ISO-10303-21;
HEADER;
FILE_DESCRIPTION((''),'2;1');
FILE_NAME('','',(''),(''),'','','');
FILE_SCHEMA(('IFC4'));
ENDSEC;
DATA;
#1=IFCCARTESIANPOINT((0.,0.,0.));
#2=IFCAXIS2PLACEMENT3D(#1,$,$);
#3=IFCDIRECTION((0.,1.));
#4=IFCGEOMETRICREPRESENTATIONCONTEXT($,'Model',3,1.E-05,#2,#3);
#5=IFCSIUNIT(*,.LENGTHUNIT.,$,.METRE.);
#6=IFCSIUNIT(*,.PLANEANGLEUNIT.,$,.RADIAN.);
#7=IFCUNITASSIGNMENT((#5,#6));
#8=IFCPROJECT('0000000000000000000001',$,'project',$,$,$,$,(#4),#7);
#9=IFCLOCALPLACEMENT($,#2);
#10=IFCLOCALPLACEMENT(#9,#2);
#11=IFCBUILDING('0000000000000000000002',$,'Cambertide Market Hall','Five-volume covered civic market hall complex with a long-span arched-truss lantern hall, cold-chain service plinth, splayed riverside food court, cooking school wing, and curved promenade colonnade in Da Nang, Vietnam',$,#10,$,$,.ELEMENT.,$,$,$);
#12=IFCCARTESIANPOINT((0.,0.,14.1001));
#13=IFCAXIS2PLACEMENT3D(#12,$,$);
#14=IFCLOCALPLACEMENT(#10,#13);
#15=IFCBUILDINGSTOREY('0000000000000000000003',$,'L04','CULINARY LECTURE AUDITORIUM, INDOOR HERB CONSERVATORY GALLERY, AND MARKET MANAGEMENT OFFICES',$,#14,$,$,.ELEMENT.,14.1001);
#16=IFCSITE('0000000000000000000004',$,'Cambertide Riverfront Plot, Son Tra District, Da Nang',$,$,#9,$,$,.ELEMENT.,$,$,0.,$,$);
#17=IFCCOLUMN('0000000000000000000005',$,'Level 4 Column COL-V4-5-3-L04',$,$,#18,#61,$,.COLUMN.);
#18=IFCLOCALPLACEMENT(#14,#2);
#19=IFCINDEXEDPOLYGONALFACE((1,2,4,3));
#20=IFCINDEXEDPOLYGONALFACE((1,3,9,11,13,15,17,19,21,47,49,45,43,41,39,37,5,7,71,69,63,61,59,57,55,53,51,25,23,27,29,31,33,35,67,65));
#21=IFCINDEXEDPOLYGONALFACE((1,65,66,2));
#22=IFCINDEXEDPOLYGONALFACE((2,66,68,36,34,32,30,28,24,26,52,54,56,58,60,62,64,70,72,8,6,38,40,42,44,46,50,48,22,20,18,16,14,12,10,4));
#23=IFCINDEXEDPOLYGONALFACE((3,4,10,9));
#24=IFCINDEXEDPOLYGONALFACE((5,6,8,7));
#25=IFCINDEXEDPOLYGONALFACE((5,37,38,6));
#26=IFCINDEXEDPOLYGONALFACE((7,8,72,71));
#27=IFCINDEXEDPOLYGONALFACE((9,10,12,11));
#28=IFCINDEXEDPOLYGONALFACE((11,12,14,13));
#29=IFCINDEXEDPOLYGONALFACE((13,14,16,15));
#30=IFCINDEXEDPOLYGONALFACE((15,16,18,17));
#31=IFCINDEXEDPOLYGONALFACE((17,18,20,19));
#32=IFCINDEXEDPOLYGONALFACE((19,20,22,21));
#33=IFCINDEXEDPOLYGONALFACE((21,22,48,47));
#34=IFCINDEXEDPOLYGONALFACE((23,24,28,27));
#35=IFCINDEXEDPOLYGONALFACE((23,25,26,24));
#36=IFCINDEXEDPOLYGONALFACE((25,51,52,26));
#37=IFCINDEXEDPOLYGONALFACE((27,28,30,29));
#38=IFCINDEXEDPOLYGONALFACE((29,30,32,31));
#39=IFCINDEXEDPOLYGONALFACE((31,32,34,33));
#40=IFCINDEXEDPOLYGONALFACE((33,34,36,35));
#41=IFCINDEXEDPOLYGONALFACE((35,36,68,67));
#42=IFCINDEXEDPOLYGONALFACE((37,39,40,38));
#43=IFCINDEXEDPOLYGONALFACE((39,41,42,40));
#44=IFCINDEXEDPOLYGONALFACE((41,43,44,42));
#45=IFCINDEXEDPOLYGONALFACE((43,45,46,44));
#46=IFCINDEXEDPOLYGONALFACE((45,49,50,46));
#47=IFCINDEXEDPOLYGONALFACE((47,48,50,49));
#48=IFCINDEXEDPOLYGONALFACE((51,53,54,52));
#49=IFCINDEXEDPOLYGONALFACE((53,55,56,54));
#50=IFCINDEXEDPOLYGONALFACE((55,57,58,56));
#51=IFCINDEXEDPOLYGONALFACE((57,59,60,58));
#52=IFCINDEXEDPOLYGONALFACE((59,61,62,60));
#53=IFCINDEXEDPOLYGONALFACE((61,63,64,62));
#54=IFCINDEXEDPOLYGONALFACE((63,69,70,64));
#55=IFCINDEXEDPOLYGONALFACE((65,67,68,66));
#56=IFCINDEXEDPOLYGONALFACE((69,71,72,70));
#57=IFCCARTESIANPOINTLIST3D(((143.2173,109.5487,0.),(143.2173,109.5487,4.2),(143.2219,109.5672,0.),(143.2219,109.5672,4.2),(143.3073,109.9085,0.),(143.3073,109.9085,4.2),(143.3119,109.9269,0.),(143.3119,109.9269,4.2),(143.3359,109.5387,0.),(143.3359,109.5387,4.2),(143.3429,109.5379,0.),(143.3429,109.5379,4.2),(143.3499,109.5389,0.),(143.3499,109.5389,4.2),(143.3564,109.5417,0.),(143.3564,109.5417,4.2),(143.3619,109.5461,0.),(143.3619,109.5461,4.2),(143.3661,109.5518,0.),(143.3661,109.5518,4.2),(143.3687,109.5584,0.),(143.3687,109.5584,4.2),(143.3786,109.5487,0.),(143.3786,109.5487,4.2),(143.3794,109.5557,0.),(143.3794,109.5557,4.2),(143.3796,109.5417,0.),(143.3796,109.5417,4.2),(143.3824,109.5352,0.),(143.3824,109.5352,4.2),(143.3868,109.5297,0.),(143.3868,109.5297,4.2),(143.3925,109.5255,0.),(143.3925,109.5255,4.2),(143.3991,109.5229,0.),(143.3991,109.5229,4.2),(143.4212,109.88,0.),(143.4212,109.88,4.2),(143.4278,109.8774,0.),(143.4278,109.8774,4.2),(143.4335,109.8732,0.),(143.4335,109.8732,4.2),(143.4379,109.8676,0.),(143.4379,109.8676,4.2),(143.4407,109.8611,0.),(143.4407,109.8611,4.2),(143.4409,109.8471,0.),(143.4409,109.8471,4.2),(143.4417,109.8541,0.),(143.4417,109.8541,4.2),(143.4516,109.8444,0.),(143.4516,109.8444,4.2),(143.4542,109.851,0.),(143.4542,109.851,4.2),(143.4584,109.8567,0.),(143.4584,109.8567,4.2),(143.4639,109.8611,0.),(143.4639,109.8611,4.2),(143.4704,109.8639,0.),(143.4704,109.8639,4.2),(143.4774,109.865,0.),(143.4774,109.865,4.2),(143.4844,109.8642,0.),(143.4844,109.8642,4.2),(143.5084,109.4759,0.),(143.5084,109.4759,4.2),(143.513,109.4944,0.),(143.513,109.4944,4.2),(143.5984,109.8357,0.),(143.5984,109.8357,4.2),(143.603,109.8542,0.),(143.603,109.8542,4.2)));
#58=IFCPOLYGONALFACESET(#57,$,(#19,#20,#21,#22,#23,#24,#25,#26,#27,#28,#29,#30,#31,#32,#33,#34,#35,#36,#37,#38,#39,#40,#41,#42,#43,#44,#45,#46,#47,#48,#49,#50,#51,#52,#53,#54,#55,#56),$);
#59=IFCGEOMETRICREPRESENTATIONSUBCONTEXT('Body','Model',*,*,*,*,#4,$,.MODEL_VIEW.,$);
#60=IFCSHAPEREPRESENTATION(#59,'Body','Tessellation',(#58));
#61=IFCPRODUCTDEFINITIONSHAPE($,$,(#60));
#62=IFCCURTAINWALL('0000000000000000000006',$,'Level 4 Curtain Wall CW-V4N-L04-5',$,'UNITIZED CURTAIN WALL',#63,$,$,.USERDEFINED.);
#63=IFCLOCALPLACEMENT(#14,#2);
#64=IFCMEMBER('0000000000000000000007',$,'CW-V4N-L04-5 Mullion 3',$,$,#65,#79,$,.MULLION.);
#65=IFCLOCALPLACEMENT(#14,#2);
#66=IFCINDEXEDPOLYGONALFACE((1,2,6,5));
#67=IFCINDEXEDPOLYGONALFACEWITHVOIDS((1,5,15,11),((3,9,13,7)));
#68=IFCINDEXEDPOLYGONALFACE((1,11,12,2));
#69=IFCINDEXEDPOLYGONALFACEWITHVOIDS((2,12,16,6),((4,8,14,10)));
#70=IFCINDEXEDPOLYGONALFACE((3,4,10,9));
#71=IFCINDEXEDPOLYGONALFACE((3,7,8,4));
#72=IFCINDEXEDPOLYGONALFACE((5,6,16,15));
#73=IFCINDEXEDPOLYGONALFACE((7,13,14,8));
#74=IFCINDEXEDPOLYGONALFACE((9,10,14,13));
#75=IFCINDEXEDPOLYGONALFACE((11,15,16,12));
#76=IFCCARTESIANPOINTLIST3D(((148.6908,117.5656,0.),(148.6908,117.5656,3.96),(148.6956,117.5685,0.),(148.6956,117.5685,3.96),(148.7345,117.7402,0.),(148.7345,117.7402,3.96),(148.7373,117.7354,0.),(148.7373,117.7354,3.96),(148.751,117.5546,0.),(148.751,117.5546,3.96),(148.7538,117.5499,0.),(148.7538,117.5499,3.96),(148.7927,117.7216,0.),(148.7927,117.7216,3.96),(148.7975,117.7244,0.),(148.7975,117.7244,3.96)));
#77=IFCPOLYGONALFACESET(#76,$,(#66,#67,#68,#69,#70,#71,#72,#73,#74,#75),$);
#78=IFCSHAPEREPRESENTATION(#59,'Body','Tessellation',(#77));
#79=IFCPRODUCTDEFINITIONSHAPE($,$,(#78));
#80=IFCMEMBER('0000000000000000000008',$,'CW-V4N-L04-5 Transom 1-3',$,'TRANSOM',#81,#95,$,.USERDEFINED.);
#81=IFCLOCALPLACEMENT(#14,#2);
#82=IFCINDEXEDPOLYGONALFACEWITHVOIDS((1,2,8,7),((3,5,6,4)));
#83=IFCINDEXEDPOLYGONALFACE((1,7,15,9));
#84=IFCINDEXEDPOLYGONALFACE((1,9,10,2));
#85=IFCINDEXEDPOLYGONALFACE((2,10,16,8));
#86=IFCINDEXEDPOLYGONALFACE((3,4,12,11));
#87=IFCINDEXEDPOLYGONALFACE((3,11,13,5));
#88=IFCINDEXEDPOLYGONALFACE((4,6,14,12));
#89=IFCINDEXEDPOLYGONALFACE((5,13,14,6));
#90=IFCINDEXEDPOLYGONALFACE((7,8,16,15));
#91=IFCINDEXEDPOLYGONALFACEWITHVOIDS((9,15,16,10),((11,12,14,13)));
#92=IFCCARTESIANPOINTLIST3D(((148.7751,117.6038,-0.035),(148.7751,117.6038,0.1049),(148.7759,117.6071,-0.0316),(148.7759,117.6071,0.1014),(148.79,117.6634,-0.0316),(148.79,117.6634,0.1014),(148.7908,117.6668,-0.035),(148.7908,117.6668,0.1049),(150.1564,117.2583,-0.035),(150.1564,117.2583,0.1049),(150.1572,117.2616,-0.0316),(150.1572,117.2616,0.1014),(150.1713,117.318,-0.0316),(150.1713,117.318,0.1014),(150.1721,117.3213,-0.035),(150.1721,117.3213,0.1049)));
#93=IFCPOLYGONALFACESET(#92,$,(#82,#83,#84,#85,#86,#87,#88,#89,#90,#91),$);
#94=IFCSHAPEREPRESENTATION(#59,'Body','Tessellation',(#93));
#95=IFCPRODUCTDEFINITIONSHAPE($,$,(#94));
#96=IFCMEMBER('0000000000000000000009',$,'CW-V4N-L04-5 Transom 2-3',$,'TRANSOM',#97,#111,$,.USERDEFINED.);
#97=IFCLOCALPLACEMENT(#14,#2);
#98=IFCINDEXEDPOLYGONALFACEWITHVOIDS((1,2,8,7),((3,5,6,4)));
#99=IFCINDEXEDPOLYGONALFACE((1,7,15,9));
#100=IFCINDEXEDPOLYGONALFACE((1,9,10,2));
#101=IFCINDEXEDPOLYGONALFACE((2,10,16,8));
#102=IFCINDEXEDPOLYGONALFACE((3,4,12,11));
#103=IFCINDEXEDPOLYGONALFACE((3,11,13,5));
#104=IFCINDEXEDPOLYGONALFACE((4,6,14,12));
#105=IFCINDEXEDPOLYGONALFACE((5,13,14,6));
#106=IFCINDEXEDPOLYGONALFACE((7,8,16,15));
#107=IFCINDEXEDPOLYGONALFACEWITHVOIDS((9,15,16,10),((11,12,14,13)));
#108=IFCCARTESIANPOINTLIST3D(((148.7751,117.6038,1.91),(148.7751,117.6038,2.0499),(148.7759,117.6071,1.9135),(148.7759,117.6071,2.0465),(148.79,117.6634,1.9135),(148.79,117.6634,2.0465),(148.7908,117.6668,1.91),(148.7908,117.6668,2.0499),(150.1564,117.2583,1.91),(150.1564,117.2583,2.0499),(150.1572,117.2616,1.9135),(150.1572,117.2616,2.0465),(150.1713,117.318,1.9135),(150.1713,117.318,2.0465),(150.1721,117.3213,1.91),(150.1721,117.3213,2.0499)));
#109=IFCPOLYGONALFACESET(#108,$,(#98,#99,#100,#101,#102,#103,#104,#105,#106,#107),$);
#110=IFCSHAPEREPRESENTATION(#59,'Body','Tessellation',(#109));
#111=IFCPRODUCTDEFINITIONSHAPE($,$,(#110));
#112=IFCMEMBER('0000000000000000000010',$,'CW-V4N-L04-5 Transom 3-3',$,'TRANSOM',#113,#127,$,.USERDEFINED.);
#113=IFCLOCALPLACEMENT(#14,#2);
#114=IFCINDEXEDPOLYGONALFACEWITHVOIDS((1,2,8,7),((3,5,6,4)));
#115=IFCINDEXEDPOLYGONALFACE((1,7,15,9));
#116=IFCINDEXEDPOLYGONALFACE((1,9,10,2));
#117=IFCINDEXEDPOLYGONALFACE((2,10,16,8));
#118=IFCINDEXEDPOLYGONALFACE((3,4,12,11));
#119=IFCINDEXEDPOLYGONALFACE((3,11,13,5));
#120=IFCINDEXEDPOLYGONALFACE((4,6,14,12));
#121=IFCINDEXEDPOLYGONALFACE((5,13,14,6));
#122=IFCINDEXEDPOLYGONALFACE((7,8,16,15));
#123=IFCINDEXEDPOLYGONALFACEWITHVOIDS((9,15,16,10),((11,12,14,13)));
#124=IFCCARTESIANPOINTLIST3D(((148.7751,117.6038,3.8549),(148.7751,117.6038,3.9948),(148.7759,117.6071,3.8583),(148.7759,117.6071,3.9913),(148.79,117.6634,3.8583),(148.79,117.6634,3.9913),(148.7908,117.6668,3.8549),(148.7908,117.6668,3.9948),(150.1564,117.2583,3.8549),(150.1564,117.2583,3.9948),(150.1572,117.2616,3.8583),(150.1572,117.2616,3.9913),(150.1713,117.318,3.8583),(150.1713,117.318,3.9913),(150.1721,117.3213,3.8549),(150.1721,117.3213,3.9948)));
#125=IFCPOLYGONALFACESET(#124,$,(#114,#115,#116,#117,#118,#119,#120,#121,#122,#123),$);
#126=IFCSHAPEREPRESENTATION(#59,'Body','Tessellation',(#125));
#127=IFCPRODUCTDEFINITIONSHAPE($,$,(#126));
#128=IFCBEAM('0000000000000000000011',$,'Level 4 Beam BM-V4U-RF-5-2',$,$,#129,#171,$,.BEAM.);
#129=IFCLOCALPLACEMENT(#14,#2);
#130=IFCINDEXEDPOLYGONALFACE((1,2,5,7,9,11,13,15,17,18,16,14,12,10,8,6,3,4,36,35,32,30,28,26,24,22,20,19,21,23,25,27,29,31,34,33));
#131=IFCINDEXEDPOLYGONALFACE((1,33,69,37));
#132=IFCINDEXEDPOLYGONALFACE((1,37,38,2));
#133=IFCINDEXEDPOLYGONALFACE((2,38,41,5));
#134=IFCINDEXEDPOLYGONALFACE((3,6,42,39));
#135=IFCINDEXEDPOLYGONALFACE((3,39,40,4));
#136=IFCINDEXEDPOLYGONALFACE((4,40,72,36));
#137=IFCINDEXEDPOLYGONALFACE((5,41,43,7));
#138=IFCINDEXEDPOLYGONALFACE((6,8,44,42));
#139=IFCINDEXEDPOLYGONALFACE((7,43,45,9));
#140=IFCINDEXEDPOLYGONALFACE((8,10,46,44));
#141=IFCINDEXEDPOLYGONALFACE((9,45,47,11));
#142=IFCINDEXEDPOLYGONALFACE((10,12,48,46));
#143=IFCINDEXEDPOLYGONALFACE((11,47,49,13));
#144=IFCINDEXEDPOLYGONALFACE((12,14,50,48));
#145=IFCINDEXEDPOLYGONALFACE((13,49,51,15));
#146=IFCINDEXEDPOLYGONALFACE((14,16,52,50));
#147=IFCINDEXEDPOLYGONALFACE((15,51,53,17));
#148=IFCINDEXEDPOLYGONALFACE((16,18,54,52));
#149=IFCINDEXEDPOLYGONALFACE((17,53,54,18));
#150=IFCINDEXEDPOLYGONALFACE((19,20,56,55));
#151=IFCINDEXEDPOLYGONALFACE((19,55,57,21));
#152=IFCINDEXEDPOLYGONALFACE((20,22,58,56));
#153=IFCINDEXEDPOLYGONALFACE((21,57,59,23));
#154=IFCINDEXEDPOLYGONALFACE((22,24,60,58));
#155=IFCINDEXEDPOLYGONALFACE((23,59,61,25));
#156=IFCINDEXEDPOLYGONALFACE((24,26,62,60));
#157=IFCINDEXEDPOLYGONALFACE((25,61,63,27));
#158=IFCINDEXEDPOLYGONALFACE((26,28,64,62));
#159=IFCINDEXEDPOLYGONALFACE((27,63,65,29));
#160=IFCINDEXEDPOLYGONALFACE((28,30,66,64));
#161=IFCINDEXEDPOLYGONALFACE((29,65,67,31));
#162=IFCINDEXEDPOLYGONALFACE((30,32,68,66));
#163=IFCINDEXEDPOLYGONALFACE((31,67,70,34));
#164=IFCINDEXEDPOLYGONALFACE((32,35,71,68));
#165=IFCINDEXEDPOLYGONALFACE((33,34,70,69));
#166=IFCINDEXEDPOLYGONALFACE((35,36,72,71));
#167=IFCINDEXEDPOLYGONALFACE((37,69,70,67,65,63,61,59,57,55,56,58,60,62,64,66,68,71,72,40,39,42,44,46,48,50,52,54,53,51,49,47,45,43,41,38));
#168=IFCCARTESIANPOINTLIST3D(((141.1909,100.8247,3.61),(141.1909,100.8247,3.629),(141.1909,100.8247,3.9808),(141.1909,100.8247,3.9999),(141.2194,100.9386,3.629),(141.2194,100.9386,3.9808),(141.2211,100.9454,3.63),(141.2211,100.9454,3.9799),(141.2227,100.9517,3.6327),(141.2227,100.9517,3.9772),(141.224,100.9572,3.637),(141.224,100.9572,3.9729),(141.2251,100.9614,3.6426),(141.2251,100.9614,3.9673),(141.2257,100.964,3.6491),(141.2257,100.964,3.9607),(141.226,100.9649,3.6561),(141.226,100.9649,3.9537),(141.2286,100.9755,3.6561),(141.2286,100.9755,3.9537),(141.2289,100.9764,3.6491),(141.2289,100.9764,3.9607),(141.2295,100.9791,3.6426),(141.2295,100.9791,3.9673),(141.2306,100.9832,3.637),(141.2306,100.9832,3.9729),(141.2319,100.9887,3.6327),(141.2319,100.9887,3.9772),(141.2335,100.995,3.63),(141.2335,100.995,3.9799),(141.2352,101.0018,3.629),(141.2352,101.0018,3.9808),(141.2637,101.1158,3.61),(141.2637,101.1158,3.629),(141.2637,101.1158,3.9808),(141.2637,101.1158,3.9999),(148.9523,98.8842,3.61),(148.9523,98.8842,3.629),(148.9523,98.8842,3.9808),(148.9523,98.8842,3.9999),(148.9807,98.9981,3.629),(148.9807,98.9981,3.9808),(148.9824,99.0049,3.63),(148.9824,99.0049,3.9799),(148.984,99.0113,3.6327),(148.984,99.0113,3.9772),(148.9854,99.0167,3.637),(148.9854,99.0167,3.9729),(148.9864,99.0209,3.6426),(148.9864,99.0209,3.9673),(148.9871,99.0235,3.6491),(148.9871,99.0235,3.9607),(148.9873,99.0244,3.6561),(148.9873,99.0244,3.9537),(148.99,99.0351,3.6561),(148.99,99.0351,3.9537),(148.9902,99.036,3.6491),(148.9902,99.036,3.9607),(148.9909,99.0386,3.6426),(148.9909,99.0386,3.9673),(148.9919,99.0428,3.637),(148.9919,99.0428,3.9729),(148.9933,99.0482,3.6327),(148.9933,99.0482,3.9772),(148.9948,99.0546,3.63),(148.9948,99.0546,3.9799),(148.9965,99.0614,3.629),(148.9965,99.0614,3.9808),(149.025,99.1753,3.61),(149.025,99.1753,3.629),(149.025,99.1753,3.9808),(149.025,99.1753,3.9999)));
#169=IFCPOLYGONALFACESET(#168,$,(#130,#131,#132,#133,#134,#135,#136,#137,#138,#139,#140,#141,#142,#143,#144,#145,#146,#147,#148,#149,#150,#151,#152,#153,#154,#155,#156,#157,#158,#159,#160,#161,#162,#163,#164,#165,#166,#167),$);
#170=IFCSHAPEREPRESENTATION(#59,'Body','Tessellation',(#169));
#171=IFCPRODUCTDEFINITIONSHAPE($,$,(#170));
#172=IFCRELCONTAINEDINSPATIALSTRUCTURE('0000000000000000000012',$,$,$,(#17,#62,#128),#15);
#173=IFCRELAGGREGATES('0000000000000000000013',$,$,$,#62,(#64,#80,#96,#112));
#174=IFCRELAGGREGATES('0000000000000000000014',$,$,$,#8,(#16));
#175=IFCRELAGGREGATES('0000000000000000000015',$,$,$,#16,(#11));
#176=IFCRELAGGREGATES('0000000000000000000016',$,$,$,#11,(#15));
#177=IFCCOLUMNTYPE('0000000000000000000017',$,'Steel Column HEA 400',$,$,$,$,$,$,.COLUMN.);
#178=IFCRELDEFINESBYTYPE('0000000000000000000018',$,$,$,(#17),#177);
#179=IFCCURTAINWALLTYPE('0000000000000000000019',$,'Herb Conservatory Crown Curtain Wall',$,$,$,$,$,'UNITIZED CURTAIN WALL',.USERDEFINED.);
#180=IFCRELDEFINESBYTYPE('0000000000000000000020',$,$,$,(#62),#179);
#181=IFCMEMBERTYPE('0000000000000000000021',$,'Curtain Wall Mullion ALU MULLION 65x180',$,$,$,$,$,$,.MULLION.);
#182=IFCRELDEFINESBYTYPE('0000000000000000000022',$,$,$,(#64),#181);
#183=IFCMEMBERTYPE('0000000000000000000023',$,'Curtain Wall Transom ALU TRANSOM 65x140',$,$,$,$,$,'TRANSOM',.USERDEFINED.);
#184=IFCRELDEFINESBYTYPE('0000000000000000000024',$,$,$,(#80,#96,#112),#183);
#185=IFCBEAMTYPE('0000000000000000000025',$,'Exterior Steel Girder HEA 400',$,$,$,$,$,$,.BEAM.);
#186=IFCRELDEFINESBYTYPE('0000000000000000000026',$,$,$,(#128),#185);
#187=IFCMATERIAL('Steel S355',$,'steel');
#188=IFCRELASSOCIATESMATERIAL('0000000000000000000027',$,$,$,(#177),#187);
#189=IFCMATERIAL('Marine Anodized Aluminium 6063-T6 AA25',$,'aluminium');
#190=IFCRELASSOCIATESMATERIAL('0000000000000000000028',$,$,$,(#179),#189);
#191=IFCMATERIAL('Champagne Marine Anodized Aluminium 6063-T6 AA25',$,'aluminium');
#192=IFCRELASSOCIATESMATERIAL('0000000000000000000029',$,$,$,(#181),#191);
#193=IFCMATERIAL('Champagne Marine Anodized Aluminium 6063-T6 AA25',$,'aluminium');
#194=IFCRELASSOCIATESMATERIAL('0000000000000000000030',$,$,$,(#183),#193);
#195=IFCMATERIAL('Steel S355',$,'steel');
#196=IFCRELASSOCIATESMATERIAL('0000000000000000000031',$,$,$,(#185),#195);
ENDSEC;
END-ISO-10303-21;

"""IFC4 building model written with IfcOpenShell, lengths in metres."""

from ifc_helpers import new_model, si_unit, direction, frame, origin, origin_2d, place, context, subcontext, project, spatial, hollow_rectangle, i_section, extrude, material, material_profile, profile_set, type_object, element, aggregate, save


model = new_model("IFC4")

# Units and contexts
model_context = context("Model", 3, precision=1e-05, world=origin(), true_north=direction((0.0, 1.0)))
body_context = subcontext(model_context, "Body", "Model", "MODEL_VIEW")
ifc_project = project(units=[si_unit("LENGTHUNIT", "METRE"), si_unit("PLANEANGLEUNIT", "RADIAN")], contexts=[model_context])

# Site, building, storey
site_placement = place(None, origin())
site = spatial("IfcSite", under=ifc_project, at=site_placement, Name="Cambertide Riverfront Plot, Son Tra District, Da Nang", CompositionType="ELEMENT", RefElevation=0.0)
building_placement = place(site_placement, origin())
building = spatial("IfcBuilding", under=site, at=building_placement, Name="Cambertide Market Hall", Description="Five-volume covered civic market hall complex with a long-span arched-truss lantern hall, cold-chain service plinth, splayed riverside food court, cooking school wing, and curved promenade colonnade in Da Nang, Vietnam", CompositionType="ELEMENT")
storey_placement = place(building_placement, frame((0.0, 0.0, 14.1001)))
storey = spatial("IfcBuildingStorey", under=building, at=storey_placement, Name="L04", Description="CULINARY LECTURE AUDITORIUM, INDOOR HERB CONSERVATORY GALLERY, AND MARKET MANAGEMENT OFFICES", CompositionType="ELEMENT", Elevation=14.1001)

# Column
ifc_material_1 = material(Name="Steel S355", Category="steel")
ifc_material_profile_1 = material_profile(ifc_material_1, i_section(OverallWidth=0.3, OverallDepth=0.3899, WebThickness=0.011, FlangeThickness=0.019, FilletRadius=0.0271, at=origin_2d()), Name="HEA 400")
ifc_profile_set_1 = profile_set([ifc_material_profile_1], Name="Steel S355")
column_type = type_object("IfcColumnType", Name="Steel Column HEA 400", PredefinedType="COLUMN", material=ifc_profile_set_1)
column_placement = place(storey_placement, frame((143.4102, 109.7014, 0.0), z_axis=(0.0, 0.0, 1.0), x_axis=(0.970143, -0.242536, 0.0)))
element("IfcColumn", 1, at=column_placement, inside=storey, type_object=column_type, Name="Level 4 Column COL-V4-5-3-L04", PredefinedType="COLUMN", context=body_context, shape_type="SweptSolid", body=[
    extrude(i_section(OverallWidth=0.3, OverallDepth=0.3899, WebThickness=0.011, FlangeThickness=0.019, FilletRadius=0.0271, at=origin_2d()), origin(), (0.0, 0.0, 1.0), 4.2),
])

# Curtain wall, members
ifc_material_2 = material(Name="Marine Anodized Aluminium 6063-T6 AA25", Category="aluminium")
curtain_wall_type = type_object("IfcCurtainWallType", Name="Herb Conservatory Crown Curtain Wall", ElementType="UNITIZED CURTAIN WALL", PredefinedType="USERDEFINED", material=ifc_material_2)
curtain_wall_placement = place(storey_placement, origin())
curtain_wall = element("IfcCurtainWall", 2, at=curtain_wall_placement, inside=storey, type_object=curtain_wall_type, Name="Level 4 Curtain Wall CW-V4N-L04-5", ObjectType="UNITIZED CURTAIN WALL", PredefinedType="USERDEFINED")
ifc_material_3 = material(Name="Champagne Marine Anodized Aluminium 6063-T6 AA25", Category="aluminium")
ifc_material_profile_2 = material_profile(ifc_material_3, hollow_rectangle(XDim=0.0649, YDim=0.1799, WallThickness=0.0039, at=origin_2d()), Name="ALU MULLION 65x180")
ifc_profile_set_2 = profile_set([ifc_material_profile_2], Name="Champagne Marine Anodized Aluminium 6063-T6 AA25")
member_type_1 = type_object("IfcMemberType", Name="Curtain Wall Mullion ALU MULLION 65x180", PredefinedType="MULLION", material=ifc_profile_set_2)
member_1_placement = place(storey_placement, frame((148.7441, 117.645, 0.0), z_axis=(0.0, 0.0, 1.0), x_axis=(0.970143, -0.242536, 0.0)))
member_1 = element("IfcMember", 3, at=member_1_placement, type_object=member_type_1, Name="CW-V4N-L04-5 Mullion 3", PredefinedType="MULLION", context=body_context, shape_type="SweptSolid", body=[
    extrude(hollow_rectangle(XDim=0.0649, YDim=0.1799, WallThickness=0.0039, at=origin_2d()), origin(), (0.0, 0.0, 1.0), 3.96),
])
ifc_material_4 = material(Name="Champagne Marine Anodized Aluminium 6063-T6 AA25", Category="aluminium")
ifc_material_profile_3 = material_profile(ifc_material_4, hollow_rectangle(XDim=0.0649, YDim=0.1399, WallThickness=0.0034, at=origin_2d()), Name="ALU TRANSOM 65x140")
ifc_profile_set_3 = profile_set([ifc_material_profile_3], Name="Champagne Marine Anodized Aluminium 6063-T6 AA25")
member_type_2 = type_object("IfcMemberType", Name="Curtain Wall Transom ALU TRANSOM 65x140", ElementType="TRANSOM", PredefinedType="USERDEFINED", material=ifc_profile_set_3)
member_2_placement = place(storey_placement, frame((148.783, 117.6353, 0.0349), z_axis=(0.970122, -0.242616, 0.0), x_axis=(0.242616, 0.970122, 0.0)))
member_2 = element("IfcMember", 4, at=member_2_placement, type_object=member_type_2, Name="CW-V4N-L04-5 Transom 1-3", ObjectType="TRANSOM", PredefinedType="USERDEFINED", context=body_context, shape_type="SweptSolid", body=[
    extrude(hollow_rectangle(XDim=0.0649, YDim=0.1399, WallThickness=0.0034, at=origin_2d()), origin(), (0.0, 0.0, 1.0), 1.4238),
])
member_3_placement = place(storey_placement, frame((148.783, 117.6353, 1.98), z_axis=(0.970122, -0.242616, 0.0), x_axis=(0.242616, 0.970122, 0.0)))
member_3 = element("IfcMember", 5, at=member_3_placement, type_object=member_type_2, Name="CW-V4N-L04-5 Transom 2-3", ObjectType="TRANSOM", PredefinedType="USERDEFINED", context=body_context, shape_type="SweptSolid", body=[
    extrude(hollow_rectangle(XDim=0.0649, YDim=0.1399, WallThickness=0.0034, at=origin_2d()), origin(), (0.0, 0.0, 1.0), 1.4238),
])
member_4_placement = place(storey_placement, frame((148.783, 117.6353, 3.9248), z_axis=(0.970122, -0.242616, 0.0), x_axis=(0.242616, 0.970122, 0.0)))
member_4 = element("IfcMember", 6, at=member_4_placement, type_object=member_type_2, Name="CW-V4N-L04-5 Transom 3-3", ObjectType="TRANSOM", PredefinedType="USERDEFINED", context=body_context, shape_type="SweptSolid", body=[
    extrude(hollow_rectangle(XDim=0.0649, YDim=0.1399, WallThickness=0.0034, at=origin_2d()), origin(), (0.0, 0.0, 1.0), 1.4238),
])

# Beam
ifc_material_5 = material(Name="Steel S355", Category="steel")
ifc_material_profile_4 = material_profile(ifc_material_5, i_section(OverallWidth=0.3, OverallDepth=0.3899, WebThickness=0.011, FlangeThickness=0.019, FilletRadius=0.0271, at=origin_2d()), Name="HEA 400")
ifc_profile_set_4 = profile_set([ifc_material_profile_4], Name="Steel S355")
beam_type_1 = type_object("IfcBeamType", Name="Exterior Steel Girder HEA 400", PredefinedType="BEAM", material=ifc_profile_set_4)
beam_1_placement = place(storey_placement, frame((141.2273, 100.9702, 3.8049), z_axis=(0.970139, -0.24255, 0.0), x_axis=(0.24255, 0.970139, 0.0)))
element("IfcBeam", 7, at=beam_1_placement, inside=storey, type_object=beam_type_1, Name="Level 4 Beam BM-V4U-RF-5-2", PredefinedType="BEAM", context=body_context, shape_type="SweptSolid", body=[
    extrude(i_section(OverallWidth=0.3, OverallDepth=0.3899, WebThickness=0.011, FlangeThickness=0.019, FilletRadius=0.0271, at=origin_2d()), origin(), (0.0, 0.0, 1.0), 8.0002),
])

aggregate(curtain_wall, [member_1, member_2, member_3, member_4])

save(model, "model.ifc")
